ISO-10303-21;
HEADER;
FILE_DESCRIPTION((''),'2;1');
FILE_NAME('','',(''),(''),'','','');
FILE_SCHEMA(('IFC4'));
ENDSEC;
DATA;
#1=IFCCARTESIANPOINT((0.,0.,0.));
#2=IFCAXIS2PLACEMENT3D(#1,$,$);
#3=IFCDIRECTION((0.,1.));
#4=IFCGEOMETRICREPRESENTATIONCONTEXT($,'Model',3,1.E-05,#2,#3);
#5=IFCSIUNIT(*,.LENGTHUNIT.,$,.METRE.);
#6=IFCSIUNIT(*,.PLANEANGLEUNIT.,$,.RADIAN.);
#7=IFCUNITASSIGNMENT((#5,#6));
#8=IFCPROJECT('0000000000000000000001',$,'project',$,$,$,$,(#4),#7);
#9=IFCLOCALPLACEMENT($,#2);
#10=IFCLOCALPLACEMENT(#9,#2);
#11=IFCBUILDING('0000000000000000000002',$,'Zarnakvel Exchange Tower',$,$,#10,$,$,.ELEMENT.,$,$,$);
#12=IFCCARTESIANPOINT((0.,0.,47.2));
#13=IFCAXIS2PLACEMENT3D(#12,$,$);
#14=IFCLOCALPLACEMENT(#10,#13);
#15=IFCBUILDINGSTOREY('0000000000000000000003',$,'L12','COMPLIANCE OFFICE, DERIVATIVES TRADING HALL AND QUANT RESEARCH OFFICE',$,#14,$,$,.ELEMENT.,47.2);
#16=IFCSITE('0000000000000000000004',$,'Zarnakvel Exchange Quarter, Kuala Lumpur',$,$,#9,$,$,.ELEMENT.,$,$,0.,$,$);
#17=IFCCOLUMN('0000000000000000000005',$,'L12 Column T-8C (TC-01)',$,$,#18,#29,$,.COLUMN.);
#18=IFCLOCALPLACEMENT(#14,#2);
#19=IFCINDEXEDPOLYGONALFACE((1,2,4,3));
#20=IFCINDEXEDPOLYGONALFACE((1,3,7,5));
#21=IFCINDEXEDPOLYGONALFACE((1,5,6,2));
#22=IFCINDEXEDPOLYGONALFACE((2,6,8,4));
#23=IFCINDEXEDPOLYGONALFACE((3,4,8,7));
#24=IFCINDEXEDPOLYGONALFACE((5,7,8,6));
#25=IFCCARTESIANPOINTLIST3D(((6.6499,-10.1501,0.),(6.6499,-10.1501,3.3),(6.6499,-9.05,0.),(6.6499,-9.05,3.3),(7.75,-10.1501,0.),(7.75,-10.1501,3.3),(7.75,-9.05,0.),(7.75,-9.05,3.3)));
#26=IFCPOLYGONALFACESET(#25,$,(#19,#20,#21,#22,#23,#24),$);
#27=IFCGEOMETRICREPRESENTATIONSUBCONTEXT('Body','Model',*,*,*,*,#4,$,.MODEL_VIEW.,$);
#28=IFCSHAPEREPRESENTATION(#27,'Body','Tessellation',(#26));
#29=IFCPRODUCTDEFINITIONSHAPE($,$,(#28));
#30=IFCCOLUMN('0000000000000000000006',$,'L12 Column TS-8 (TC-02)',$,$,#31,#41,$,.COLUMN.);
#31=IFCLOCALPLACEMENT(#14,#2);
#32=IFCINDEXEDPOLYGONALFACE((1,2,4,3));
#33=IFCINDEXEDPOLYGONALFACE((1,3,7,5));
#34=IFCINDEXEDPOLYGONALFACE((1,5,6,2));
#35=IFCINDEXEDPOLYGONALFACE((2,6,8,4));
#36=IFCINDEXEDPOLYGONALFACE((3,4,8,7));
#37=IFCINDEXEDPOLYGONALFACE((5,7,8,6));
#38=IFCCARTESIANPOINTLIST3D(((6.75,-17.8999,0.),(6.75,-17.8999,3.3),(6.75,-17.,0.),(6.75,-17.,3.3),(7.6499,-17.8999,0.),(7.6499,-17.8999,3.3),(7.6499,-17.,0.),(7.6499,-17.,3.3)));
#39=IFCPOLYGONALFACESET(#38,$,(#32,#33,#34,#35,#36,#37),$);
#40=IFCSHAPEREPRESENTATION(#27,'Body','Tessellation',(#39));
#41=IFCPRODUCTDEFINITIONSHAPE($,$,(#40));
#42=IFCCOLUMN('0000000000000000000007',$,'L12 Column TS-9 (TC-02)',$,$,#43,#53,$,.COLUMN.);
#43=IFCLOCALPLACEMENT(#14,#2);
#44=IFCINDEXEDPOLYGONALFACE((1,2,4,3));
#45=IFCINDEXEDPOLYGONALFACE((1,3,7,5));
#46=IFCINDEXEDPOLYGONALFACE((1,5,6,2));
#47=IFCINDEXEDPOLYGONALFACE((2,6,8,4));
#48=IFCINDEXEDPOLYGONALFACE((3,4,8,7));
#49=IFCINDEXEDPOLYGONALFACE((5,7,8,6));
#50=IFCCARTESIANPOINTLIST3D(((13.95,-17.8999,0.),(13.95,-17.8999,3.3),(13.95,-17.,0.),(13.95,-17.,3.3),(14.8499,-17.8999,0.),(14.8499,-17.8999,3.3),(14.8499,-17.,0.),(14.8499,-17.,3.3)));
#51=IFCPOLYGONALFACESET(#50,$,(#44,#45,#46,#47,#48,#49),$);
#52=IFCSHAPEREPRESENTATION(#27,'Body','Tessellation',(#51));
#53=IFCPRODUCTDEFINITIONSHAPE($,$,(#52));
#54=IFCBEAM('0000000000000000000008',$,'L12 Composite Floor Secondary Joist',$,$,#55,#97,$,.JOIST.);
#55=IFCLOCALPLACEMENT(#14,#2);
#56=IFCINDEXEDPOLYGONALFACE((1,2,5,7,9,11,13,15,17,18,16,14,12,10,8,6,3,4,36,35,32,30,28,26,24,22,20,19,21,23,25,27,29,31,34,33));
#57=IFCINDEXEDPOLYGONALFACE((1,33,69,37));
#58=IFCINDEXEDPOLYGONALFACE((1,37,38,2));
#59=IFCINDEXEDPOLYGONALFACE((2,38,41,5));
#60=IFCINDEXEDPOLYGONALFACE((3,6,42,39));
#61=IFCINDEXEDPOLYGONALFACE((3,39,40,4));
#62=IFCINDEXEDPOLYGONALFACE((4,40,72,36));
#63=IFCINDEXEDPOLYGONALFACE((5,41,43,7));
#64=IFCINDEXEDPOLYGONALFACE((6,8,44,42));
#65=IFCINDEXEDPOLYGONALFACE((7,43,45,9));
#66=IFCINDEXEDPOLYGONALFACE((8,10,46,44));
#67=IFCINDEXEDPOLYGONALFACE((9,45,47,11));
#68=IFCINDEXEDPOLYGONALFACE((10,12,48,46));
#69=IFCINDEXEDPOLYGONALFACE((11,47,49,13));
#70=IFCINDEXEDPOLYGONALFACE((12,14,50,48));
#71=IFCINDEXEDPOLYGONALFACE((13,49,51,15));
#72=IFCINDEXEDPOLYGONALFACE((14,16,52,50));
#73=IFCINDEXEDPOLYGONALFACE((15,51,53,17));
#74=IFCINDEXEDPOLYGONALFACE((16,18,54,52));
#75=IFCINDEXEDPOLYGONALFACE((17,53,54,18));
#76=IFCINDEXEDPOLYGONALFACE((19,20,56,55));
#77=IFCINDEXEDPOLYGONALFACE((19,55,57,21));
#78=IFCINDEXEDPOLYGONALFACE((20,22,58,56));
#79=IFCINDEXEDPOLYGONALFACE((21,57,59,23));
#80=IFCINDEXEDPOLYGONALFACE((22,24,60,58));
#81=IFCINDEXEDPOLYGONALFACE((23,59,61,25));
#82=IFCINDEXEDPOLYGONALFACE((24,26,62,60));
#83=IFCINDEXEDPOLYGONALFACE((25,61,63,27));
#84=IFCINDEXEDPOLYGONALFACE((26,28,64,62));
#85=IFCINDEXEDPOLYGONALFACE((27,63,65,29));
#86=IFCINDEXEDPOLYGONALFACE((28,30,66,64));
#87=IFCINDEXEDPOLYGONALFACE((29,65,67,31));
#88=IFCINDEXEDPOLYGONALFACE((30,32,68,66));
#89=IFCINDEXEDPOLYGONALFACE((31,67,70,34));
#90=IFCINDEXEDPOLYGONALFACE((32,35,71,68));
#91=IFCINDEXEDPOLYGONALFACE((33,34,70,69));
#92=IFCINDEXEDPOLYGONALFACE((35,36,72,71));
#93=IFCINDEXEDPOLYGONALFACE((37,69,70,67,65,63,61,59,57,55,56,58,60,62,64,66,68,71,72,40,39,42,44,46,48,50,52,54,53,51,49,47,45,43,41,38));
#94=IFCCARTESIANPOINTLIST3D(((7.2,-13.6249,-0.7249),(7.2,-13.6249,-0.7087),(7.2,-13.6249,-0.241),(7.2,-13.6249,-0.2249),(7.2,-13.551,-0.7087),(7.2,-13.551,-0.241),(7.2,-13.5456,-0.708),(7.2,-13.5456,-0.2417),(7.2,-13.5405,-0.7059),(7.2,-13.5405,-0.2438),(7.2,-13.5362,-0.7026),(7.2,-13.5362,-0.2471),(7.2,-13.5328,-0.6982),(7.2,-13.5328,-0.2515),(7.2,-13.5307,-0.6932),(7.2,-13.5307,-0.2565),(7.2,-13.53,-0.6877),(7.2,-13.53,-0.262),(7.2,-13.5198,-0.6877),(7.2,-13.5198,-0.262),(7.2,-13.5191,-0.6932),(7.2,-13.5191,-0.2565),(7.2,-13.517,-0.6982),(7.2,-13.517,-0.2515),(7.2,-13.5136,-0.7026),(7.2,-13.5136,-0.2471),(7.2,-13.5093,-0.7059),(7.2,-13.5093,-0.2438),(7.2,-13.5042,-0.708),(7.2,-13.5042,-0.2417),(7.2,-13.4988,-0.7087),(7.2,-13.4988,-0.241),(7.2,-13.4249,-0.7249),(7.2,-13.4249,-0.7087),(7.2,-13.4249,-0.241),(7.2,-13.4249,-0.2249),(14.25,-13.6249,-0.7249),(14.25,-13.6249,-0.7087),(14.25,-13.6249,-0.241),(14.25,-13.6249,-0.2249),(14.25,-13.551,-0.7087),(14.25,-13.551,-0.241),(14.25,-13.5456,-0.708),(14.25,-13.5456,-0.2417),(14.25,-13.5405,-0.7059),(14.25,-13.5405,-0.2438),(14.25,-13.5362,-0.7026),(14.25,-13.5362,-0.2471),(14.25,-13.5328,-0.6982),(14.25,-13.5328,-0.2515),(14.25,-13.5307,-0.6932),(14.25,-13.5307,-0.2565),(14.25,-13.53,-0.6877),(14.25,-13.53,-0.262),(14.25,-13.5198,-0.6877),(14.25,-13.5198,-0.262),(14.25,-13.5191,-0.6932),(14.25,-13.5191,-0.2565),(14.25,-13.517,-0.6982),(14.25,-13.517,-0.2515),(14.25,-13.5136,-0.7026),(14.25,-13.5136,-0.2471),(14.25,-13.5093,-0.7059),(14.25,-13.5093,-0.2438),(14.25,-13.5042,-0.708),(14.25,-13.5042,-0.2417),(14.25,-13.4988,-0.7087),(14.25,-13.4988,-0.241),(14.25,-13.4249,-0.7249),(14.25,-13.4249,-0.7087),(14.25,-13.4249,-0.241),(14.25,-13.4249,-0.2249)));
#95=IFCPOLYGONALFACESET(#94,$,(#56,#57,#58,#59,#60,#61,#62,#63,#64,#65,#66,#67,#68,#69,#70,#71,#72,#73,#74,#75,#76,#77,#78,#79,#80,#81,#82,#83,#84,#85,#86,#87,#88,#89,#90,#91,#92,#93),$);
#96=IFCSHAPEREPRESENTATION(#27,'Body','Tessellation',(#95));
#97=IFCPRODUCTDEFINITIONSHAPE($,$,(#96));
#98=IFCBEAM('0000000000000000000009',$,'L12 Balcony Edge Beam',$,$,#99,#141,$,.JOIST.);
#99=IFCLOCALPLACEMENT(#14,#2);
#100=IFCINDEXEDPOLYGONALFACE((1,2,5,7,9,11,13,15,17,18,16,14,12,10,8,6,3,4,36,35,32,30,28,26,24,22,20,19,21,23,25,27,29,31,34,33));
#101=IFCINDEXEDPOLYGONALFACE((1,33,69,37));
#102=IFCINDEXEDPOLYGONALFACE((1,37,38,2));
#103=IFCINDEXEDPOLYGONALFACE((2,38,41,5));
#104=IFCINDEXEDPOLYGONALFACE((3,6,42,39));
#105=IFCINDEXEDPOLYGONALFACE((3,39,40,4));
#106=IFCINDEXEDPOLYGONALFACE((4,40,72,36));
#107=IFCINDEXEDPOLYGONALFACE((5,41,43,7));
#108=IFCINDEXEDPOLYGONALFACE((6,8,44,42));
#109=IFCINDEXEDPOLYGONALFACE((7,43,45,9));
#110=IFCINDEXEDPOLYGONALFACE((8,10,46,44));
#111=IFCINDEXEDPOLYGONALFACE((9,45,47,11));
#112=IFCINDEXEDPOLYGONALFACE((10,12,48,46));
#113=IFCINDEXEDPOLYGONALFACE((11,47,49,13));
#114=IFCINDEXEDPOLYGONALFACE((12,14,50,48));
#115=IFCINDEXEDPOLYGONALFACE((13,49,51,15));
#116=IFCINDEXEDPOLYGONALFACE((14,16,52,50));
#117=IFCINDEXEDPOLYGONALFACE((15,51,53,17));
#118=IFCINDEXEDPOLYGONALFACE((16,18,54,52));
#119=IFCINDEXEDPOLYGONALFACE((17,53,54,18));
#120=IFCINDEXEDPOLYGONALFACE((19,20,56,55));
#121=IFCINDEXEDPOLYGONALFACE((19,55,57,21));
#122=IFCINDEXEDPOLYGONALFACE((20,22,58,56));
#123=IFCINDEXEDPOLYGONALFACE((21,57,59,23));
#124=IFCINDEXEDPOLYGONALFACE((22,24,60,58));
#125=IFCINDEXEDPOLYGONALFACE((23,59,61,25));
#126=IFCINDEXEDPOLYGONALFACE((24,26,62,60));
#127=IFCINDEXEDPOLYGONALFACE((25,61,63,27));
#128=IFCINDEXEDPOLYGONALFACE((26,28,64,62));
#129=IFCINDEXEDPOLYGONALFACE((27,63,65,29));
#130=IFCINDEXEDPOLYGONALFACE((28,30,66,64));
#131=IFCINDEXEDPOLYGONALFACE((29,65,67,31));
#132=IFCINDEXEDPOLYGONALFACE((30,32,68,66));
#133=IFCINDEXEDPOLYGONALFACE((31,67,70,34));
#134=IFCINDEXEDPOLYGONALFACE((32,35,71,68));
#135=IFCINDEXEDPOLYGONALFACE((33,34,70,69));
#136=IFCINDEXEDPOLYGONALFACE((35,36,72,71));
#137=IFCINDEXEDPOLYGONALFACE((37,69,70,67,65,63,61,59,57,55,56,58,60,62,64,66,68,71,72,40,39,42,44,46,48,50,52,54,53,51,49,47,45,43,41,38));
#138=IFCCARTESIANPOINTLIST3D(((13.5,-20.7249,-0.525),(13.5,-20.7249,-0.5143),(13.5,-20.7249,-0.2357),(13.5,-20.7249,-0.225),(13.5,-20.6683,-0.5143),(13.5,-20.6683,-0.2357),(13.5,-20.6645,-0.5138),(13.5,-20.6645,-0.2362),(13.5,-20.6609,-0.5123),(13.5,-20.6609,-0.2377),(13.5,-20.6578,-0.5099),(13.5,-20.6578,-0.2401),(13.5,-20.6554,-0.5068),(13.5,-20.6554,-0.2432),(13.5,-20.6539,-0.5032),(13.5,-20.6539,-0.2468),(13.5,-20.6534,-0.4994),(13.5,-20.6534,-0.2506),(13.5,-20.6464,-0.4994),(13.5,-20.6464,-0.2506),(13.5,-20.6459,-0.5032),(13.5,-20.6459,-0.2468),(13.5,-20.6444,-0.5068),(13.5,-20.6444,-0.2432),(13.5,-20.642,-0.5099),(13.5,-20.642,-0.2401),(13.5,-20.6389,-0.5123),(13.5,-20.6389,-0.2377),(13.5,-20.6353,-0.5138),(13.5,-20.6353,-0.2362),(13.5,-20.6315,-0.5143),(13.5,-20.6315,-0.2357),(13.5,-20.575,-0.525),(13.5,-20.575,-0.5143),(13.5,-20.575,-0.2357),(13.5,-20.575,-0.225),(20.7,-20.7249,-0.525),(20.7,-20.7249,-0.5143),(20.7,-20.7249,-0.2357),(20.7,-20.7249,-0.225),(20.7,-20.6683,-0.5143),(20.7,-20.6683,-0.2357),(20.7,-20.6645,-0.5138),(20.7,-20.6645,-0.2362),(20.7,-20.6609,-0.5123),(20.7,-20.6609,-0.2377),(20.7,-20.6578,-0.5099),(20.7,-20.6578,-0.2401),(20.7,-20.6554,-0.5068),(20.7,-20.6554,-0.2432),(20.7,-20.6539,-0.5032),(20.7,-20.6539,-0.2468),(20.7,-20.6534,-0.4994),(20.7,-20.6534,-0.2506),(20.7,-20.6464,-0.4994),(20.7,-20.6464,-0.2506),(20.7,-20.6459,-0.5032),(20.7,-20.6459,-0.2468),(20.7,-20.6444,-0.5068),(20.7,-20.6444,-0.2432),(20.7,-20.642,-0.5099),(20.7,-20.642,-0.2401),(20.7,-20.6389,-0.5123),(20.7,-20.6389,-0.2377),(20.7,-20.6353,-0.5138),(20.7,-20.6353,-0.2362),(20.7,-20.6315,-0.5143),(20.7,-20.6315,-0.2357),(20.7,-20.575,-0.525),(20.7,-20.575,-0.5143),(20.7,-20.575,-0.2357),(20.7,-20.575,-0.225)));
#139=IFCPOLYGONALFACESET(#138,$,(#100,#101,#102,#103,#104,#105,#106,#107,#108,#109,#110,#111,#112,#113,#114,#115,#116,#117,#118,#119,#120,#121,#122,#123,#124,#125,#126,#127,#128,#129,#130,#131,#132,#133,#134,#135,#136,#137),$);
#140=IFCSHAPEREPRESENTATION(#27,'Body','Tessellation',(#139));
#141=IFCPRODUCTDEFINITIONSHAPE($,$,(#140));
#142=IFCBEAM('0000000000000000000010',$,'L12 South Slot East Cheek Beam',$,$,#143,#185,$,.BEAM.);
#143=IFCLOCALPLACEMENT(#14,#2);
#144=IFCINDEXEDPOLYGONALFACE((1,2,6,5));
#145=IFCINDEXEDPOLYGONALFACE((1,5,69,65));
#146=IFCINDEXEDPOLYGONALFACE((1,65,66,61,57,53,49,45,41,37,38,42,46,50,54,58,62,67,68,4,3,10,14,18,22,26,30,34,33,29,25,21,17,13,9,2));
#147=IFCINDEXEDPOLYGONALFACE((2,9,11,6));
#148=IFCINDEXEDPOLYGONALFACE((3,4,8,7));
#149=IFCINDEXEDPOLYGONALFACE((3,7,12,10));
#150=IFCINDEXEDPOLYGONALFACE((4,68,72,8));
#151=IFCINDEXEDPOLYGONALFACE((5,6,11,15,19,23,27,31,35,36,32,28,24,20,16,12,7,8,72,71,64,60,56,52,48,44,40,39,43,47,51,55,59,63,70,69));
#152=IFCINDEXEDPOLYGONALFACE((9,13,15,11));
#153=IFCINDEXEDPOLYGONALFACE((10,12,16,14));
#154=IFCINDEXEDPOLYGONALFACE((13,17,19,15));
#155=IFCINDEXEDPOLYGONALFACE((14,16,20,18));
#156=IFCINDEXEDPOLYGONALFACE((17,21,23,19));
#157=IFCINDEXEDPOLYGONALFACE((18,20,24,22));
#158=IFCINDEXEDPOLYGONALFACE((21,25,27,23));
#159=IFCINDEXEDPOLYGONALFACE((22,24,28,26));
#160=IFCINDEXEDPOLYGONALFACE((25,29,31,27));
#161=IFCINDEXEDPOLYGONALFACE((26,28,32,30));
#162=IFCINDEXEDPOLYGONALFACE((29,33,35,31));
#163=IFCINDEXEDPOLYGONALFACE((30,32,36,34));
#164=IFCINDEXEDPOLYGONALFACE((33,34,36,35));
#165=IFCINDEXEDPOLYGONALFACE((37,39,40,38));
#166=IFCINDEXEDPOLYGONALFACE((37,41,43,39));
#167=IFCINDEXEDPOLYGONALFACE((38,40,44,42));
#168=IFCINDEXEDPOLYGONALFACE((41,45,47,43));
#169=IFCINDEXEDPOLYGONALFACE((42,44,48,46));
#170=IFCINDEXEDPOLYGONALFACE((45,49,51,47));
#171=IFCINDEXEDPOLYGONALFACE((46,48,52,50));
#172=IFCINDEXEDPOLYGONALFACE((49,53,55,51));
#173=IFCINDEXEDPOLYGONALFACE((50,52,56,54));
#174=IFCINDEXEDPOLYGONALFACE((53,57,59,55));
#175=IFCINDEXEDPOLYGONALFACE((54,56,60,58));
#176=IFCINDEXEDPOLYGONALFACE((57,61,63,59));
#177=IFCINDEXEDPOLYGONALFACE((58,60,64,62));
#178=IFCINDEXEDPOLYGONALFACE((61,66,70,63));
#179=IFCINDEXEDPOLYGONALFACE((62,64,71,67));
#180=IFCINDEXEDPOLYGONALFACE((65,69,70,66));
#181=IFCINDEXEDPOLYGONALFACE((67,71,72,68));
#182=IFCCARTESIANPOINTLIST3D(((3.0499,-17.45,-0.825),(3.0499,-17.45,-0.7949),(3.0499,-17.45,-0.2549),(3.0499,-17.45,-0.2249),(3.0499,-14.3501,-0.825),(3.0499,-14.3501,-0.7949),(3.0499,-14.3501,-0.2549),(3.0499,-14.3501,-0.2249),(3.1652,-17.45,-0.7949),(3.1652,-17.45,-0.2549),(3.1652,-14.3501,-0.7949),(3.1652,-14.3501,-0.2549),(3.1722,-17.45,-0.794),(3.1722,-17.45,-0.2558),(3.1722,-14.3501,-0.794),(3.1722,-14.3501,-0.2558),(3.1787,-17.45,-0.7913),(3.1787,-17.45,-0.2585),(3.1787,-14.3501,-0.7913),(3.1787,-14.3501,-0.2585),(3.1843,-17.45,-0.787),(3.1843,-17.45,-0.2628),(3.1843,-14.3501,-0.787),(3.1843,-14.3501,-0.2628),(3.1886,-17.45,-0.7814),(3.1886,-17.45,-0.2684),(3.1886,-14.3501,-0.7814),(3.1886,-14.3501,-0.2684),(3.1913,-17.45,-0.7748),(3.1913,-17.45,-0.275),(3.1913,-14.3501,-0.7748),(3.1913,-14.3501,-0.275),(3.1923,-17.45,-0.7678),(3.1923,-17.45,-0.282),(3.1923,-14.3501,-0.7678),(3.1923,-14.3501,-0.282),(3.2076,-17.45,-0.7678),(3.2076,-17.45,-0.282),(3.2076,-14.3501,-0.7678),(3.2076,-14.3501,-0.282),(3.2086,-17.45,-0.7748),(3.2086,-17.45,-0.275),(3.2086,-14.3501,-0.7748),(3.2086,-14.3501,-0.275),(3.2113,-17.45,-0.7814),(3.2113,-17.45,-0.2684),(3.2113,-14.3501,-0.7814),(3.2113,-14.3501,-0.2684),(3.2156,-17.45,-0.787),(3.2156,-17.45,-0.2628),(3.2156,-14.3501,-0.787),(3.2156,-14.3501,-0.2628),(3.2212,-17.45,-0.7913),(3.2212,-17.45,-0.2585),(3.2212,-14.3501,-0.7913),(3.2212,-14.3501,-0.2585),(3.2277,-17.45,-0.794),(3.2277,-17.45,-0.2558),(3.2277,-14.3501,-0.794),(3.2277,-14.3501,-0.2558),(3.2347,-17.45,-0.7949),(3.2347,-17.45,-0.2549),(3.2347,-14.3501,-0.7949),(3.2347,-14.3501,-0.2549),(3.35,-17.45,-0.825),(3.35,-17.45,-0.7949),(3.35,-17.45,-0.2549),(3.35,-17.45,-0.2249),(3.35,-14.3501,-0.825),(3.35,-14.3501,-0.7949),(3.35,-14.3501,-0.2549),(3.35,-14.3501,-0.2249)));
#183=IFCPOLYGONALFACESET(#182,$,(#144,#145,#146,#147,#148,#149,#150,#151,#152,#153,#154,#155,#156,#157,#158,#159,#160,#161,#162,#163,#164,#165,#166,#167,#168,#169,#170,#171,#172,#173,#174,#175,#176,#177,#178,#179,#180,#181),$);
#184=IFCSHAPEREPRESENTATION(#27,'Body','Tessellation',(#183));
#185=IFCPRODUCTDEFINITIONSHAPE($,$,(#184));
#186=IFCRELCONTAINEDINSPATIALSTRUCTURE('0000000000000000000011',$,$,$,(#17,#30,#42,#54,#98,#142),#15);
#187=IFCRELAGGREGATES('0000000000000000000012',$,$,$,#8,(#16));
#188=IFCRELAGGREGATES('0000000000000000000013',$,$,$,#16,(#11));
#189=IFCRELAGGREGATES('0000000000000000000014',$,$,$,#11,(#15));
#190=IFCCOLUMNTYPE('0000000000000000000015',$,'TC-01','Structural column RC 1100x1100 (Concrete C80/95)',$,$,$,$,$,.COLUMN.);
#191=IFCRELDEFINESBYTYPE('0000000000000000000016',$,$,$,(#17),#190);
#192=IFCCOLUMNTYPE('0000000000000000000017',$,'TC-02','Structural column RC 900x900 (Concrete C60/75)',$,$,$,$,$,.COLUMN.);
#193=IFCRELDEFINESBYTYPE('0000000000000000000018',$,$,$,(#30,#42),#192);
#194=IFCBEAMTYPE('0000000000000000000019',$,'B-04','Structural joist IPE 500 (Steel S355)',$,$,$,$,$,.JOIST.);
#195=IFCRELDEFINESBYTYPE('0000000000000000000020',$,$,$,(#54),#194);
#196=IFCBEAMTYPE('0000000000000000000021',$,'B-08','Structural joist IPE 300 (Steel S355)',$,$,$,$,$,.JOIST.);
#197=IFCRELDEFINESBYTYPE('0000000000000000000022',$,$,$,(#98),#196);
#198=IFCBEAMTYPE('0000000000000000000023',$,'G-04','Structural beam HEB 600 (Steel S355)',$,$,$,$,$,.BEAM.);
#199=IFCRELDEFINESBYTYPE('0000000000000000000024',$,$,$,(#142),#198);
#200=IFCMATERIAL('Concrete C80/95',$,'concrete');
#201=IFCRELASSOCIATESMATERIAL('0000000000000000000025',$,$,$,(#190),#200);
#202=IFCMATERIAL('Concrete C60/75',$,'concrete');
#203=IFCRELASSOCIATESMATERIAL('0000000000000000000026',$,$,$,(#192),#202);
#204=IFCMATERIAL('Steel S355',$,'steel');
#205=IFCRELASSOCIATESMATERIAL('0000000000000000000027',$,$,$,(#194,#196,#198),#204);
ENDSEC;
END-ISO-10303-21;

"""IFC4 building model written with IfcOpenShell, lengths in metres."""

from ifc_helpers import new_model, si_unit, direction, frame, origin, origin_2d, place, context, subcontext, project, spatial, rectangle, i_section, extrude, material, material_profile, profile_set, type_object, element, save


model = new_model("IFC4")

# Units and contexts
model_context = context("Model", 3, precision=1e-05, world=origin(), true_north=direction((0.0, 1.0)))
body_context = subcontext(model_context, "Body", "Model", "MODEL_VIEW")
ifc_project = project(units=[si_unit("LENGTHUNIT", "METRE"), si_unit("PLANEANGLEUNIT", "RADIAN")], contexts=[model_context])

# Site, building, storey
site_placement = place(None, origin())
site = spatial("IfcSite", under=ifc_project, at=site_placement, Name="Zarnakvel Exchange Quarter, Kuala Lumpur", CompositionType="ELEMENT", RefElevation=0.0)
building_placement = place(site_placement, origin())
building = spatial("IfcBuilding", under=site, at=building_placement, Name="Zarnakvel Exchange Tower", CompositionType="ELEMENT")
storey_placement = place(building_placement, frame((0.0, 0.0, 47.2)))
storey = spatial("IfcBuildingStorey", under=building, at=storey_placement, Name="L12", Description="COMPLIANCE OFFICE, DERIVATIVES TRADING HALL AND QUANT RESEARCH OFFICE", CompositionType="ELEMENT", Elevation=47.2)

# Columns
ifc_material_1 = material(Name="Concrete C80/95", Category="concrete")
ifc_material_profile_1 = material_profile(ifc_material_1, rectangle(XDim=1.1001, YDim=1.1001, at=origin_2d()))
ifc_profile_set_1 = profile_set([ifc_material_profile_1], Name="Concrete C80/95")
column_type_1 = type_object("IfcColumnType", Name="TC-01", Description="Structural column RC 1100x1100 (Concrete C80/95)", PredefinedType="COLUMN", material=ifc_profile_set_1)
column_placement = place(storey_placement, frame((7.2, -9.6001, 0.0), z_axis=(0.0, 0.0, 1.0), x_axis=(1.0, 0.0, 0.0)))
element("IfcColumn", 1, at=column_placement, inside=storey, type_object=column_type_1, Name="L12 Column T-8C (TC-01)", PredefinedType="COLUMN", context=body_context, shape_type="SweptSolid", body=[
    extrude(rectangle(XDim=1.1001, YDim=1.1001, at=origin_2d()), origin(), (0.0, 0.0, 1.0), 3.3),
])
ifc_material_2 = material(Name="Concrete C60/75", Category="concrete")
ifc_material_profile_2 = material_profile(ifc_material_2, rectangle(XDim=0.8999, YDim=0.8999, at=origin_2d()))
ifc_profile_set_2 = profile_set([ifc_material_profile_2], Name="Concrete C60/75")
column_type_2 = type_object("IfcColumnType", Name="TC-02", Description="Structural column RC 900x900 (Concrete C60/75)", PredefinedType="COLUMN", material=ifc_profile_set_2)
for number, where, z_axis, x_axis, name in (
    (2, (7.2, -17.45, 0.0), (0.0, 0.0, 1.0), (1.0, 0.0, 0.0), "L12 Column TS-8 (TC-02)"),
    (3, (14.3999, -17.45, 0.0), (0.0, 0.0, 1.0), (1.0, 0.0, 0.0), "L12 Column TS-9 (TC-02)"),
):
    element("IfcColumn", number, at=place(storey_placement, frame(where, z_axis=z_axis, x_axis=x_axis)), inside=storey, type_object=column_type_2, Name=name, PredefinedType="COLUMN", context=body_context, shape_type="SweptSolid", body=[
        extrude(rectangle(XDim=0.8999, YDim=0.8999, at=origin_2d()), origin(), (0.0, 0.0, 1.0), 3.3),
    ])

# Beams
ifc_material_3 = material(Name="Steel S355", Category="steel")
ifc_material_profile_3 = material_profile(ifc_material_3, i_section(OverallWidth=0.2, OverallDepth=0.5, WebThickness=0.0103, FlangeThickness=0.0161, FilletRadius=0.021, at=origin_2d()))
ifc_profile_set_3 = profile_set([ifc_material_profile_3], Name="Steel S355")
beam_type_1 = type_object("IfcBeamType", Name="B-04", Description="Structural joist IPE 500 (Steel S355)", PredefinedType="JOIST", material=ifc_profile_set_3)
beam_1_placement = place(storey_placement, frame((7.2, -13.5249, -0.4749), z_axis=(1.0, 0.0, 0.0), x_axis=(0.0, 1.0, 0.0)))
element("IfcBeam", 4, at=beam_1_placement, inside=storey, type_object=beam_type_1, Name="L12 Composite Floor Secondary Joist", PredefinedType="JOIST", context=body_context, shape_type="SweptSolid", body=[
    extrude(i_section(OverallWidth=0.2, OverallDepth=0.5, WebThickness=0.0103, FlangeThickness=0.0161, FilletRadius=0.021, at=origin_2d()), origin(), (0.0, 0.0, 1.0), 7.05),
])
ifc_material_profile_4 = material_profile(ifc_material_3, i_section(OverallWidth=0.1499, OverallDepth=0.3, WebThickness=0.0071, FlangeThickness=0.0107, FilletRadius=0.0149, at=origin_2d()))
ifc_profile_set_4 = profile_set([ifc_material_profile_4], Name="Steel S355")
beam_type_2 = type_object("IfcBeamType", Name="B-08", Description="Structural joist IPE 300 (Steel S355)", PredefinedType="JOIST", material=ifc_profile_set_4)
beam_2_placement = place(storey_placement, frame((13.5, -20.6499, -0.375), z_axis=(1.0, 0.0, 0.0), x_axis=(0.0, 1.0, 0.0)))
element("IfcBeam", 5, at=beam_2_placement, inside=storey, type_object=beam_type_2, Name="L12 Balcony Edge Beam", PredefinedType="JOIST", context=body_context, shape_type="SweptSolid", body=[
    extrude(i_section(OverallWidth=0.1499, OverallDepth=0.3, WebThickness=0.0071, FlangeThickness=0.0107, FilletRadius=0.0149, at=origin_2d()), origin(), (0.0, 0.0, 1.0), 7.2),
])
ifc_material_profile_5 = material_profile(ifc_material_3, i_section(OverallWidth=0.3, OverallDepth=0.6001, WebThickness=0.0154, FlangeThickness=0.03, FilletRadius=0.0271, at=origin_2d()))
ifc_profile_set_5 = profile_set([ifc_material_profile_5], Name="Steel S355")
beam_type_3 = type_object("IfcBeamType", Name="G-04", Description="Structural beam HEB 600 (Steel S355)", PredefinedType="BEAM", material=ifc_profile_set_5)
beam_3_placement = place(storey_placement, frame((3.2, -17.45, -0.5249), z_axis=(0.0, 1.0, 0.0), x_axis=(-1.0, 0.0, 0.0)))
element("IfcBeam", 6, at=beam_3_placement, inside=storey, type_object=beam_type_3, Name="L12 South Slot East Cheek Beam", PredefinedType="BEAM", context=body_context, shape_type="SweptSolid", body=[
    extrude(i_section(OverallWidth=0.3, OverallDepth=0.6001, WebThickness=0.0154, FlangeThickness=0.03, FilletRadius=0.0271, at=origin_2d()), origin(), (0.0, 0.0, 1.0), 3.0999),
])

save(model, "model.ifc")
